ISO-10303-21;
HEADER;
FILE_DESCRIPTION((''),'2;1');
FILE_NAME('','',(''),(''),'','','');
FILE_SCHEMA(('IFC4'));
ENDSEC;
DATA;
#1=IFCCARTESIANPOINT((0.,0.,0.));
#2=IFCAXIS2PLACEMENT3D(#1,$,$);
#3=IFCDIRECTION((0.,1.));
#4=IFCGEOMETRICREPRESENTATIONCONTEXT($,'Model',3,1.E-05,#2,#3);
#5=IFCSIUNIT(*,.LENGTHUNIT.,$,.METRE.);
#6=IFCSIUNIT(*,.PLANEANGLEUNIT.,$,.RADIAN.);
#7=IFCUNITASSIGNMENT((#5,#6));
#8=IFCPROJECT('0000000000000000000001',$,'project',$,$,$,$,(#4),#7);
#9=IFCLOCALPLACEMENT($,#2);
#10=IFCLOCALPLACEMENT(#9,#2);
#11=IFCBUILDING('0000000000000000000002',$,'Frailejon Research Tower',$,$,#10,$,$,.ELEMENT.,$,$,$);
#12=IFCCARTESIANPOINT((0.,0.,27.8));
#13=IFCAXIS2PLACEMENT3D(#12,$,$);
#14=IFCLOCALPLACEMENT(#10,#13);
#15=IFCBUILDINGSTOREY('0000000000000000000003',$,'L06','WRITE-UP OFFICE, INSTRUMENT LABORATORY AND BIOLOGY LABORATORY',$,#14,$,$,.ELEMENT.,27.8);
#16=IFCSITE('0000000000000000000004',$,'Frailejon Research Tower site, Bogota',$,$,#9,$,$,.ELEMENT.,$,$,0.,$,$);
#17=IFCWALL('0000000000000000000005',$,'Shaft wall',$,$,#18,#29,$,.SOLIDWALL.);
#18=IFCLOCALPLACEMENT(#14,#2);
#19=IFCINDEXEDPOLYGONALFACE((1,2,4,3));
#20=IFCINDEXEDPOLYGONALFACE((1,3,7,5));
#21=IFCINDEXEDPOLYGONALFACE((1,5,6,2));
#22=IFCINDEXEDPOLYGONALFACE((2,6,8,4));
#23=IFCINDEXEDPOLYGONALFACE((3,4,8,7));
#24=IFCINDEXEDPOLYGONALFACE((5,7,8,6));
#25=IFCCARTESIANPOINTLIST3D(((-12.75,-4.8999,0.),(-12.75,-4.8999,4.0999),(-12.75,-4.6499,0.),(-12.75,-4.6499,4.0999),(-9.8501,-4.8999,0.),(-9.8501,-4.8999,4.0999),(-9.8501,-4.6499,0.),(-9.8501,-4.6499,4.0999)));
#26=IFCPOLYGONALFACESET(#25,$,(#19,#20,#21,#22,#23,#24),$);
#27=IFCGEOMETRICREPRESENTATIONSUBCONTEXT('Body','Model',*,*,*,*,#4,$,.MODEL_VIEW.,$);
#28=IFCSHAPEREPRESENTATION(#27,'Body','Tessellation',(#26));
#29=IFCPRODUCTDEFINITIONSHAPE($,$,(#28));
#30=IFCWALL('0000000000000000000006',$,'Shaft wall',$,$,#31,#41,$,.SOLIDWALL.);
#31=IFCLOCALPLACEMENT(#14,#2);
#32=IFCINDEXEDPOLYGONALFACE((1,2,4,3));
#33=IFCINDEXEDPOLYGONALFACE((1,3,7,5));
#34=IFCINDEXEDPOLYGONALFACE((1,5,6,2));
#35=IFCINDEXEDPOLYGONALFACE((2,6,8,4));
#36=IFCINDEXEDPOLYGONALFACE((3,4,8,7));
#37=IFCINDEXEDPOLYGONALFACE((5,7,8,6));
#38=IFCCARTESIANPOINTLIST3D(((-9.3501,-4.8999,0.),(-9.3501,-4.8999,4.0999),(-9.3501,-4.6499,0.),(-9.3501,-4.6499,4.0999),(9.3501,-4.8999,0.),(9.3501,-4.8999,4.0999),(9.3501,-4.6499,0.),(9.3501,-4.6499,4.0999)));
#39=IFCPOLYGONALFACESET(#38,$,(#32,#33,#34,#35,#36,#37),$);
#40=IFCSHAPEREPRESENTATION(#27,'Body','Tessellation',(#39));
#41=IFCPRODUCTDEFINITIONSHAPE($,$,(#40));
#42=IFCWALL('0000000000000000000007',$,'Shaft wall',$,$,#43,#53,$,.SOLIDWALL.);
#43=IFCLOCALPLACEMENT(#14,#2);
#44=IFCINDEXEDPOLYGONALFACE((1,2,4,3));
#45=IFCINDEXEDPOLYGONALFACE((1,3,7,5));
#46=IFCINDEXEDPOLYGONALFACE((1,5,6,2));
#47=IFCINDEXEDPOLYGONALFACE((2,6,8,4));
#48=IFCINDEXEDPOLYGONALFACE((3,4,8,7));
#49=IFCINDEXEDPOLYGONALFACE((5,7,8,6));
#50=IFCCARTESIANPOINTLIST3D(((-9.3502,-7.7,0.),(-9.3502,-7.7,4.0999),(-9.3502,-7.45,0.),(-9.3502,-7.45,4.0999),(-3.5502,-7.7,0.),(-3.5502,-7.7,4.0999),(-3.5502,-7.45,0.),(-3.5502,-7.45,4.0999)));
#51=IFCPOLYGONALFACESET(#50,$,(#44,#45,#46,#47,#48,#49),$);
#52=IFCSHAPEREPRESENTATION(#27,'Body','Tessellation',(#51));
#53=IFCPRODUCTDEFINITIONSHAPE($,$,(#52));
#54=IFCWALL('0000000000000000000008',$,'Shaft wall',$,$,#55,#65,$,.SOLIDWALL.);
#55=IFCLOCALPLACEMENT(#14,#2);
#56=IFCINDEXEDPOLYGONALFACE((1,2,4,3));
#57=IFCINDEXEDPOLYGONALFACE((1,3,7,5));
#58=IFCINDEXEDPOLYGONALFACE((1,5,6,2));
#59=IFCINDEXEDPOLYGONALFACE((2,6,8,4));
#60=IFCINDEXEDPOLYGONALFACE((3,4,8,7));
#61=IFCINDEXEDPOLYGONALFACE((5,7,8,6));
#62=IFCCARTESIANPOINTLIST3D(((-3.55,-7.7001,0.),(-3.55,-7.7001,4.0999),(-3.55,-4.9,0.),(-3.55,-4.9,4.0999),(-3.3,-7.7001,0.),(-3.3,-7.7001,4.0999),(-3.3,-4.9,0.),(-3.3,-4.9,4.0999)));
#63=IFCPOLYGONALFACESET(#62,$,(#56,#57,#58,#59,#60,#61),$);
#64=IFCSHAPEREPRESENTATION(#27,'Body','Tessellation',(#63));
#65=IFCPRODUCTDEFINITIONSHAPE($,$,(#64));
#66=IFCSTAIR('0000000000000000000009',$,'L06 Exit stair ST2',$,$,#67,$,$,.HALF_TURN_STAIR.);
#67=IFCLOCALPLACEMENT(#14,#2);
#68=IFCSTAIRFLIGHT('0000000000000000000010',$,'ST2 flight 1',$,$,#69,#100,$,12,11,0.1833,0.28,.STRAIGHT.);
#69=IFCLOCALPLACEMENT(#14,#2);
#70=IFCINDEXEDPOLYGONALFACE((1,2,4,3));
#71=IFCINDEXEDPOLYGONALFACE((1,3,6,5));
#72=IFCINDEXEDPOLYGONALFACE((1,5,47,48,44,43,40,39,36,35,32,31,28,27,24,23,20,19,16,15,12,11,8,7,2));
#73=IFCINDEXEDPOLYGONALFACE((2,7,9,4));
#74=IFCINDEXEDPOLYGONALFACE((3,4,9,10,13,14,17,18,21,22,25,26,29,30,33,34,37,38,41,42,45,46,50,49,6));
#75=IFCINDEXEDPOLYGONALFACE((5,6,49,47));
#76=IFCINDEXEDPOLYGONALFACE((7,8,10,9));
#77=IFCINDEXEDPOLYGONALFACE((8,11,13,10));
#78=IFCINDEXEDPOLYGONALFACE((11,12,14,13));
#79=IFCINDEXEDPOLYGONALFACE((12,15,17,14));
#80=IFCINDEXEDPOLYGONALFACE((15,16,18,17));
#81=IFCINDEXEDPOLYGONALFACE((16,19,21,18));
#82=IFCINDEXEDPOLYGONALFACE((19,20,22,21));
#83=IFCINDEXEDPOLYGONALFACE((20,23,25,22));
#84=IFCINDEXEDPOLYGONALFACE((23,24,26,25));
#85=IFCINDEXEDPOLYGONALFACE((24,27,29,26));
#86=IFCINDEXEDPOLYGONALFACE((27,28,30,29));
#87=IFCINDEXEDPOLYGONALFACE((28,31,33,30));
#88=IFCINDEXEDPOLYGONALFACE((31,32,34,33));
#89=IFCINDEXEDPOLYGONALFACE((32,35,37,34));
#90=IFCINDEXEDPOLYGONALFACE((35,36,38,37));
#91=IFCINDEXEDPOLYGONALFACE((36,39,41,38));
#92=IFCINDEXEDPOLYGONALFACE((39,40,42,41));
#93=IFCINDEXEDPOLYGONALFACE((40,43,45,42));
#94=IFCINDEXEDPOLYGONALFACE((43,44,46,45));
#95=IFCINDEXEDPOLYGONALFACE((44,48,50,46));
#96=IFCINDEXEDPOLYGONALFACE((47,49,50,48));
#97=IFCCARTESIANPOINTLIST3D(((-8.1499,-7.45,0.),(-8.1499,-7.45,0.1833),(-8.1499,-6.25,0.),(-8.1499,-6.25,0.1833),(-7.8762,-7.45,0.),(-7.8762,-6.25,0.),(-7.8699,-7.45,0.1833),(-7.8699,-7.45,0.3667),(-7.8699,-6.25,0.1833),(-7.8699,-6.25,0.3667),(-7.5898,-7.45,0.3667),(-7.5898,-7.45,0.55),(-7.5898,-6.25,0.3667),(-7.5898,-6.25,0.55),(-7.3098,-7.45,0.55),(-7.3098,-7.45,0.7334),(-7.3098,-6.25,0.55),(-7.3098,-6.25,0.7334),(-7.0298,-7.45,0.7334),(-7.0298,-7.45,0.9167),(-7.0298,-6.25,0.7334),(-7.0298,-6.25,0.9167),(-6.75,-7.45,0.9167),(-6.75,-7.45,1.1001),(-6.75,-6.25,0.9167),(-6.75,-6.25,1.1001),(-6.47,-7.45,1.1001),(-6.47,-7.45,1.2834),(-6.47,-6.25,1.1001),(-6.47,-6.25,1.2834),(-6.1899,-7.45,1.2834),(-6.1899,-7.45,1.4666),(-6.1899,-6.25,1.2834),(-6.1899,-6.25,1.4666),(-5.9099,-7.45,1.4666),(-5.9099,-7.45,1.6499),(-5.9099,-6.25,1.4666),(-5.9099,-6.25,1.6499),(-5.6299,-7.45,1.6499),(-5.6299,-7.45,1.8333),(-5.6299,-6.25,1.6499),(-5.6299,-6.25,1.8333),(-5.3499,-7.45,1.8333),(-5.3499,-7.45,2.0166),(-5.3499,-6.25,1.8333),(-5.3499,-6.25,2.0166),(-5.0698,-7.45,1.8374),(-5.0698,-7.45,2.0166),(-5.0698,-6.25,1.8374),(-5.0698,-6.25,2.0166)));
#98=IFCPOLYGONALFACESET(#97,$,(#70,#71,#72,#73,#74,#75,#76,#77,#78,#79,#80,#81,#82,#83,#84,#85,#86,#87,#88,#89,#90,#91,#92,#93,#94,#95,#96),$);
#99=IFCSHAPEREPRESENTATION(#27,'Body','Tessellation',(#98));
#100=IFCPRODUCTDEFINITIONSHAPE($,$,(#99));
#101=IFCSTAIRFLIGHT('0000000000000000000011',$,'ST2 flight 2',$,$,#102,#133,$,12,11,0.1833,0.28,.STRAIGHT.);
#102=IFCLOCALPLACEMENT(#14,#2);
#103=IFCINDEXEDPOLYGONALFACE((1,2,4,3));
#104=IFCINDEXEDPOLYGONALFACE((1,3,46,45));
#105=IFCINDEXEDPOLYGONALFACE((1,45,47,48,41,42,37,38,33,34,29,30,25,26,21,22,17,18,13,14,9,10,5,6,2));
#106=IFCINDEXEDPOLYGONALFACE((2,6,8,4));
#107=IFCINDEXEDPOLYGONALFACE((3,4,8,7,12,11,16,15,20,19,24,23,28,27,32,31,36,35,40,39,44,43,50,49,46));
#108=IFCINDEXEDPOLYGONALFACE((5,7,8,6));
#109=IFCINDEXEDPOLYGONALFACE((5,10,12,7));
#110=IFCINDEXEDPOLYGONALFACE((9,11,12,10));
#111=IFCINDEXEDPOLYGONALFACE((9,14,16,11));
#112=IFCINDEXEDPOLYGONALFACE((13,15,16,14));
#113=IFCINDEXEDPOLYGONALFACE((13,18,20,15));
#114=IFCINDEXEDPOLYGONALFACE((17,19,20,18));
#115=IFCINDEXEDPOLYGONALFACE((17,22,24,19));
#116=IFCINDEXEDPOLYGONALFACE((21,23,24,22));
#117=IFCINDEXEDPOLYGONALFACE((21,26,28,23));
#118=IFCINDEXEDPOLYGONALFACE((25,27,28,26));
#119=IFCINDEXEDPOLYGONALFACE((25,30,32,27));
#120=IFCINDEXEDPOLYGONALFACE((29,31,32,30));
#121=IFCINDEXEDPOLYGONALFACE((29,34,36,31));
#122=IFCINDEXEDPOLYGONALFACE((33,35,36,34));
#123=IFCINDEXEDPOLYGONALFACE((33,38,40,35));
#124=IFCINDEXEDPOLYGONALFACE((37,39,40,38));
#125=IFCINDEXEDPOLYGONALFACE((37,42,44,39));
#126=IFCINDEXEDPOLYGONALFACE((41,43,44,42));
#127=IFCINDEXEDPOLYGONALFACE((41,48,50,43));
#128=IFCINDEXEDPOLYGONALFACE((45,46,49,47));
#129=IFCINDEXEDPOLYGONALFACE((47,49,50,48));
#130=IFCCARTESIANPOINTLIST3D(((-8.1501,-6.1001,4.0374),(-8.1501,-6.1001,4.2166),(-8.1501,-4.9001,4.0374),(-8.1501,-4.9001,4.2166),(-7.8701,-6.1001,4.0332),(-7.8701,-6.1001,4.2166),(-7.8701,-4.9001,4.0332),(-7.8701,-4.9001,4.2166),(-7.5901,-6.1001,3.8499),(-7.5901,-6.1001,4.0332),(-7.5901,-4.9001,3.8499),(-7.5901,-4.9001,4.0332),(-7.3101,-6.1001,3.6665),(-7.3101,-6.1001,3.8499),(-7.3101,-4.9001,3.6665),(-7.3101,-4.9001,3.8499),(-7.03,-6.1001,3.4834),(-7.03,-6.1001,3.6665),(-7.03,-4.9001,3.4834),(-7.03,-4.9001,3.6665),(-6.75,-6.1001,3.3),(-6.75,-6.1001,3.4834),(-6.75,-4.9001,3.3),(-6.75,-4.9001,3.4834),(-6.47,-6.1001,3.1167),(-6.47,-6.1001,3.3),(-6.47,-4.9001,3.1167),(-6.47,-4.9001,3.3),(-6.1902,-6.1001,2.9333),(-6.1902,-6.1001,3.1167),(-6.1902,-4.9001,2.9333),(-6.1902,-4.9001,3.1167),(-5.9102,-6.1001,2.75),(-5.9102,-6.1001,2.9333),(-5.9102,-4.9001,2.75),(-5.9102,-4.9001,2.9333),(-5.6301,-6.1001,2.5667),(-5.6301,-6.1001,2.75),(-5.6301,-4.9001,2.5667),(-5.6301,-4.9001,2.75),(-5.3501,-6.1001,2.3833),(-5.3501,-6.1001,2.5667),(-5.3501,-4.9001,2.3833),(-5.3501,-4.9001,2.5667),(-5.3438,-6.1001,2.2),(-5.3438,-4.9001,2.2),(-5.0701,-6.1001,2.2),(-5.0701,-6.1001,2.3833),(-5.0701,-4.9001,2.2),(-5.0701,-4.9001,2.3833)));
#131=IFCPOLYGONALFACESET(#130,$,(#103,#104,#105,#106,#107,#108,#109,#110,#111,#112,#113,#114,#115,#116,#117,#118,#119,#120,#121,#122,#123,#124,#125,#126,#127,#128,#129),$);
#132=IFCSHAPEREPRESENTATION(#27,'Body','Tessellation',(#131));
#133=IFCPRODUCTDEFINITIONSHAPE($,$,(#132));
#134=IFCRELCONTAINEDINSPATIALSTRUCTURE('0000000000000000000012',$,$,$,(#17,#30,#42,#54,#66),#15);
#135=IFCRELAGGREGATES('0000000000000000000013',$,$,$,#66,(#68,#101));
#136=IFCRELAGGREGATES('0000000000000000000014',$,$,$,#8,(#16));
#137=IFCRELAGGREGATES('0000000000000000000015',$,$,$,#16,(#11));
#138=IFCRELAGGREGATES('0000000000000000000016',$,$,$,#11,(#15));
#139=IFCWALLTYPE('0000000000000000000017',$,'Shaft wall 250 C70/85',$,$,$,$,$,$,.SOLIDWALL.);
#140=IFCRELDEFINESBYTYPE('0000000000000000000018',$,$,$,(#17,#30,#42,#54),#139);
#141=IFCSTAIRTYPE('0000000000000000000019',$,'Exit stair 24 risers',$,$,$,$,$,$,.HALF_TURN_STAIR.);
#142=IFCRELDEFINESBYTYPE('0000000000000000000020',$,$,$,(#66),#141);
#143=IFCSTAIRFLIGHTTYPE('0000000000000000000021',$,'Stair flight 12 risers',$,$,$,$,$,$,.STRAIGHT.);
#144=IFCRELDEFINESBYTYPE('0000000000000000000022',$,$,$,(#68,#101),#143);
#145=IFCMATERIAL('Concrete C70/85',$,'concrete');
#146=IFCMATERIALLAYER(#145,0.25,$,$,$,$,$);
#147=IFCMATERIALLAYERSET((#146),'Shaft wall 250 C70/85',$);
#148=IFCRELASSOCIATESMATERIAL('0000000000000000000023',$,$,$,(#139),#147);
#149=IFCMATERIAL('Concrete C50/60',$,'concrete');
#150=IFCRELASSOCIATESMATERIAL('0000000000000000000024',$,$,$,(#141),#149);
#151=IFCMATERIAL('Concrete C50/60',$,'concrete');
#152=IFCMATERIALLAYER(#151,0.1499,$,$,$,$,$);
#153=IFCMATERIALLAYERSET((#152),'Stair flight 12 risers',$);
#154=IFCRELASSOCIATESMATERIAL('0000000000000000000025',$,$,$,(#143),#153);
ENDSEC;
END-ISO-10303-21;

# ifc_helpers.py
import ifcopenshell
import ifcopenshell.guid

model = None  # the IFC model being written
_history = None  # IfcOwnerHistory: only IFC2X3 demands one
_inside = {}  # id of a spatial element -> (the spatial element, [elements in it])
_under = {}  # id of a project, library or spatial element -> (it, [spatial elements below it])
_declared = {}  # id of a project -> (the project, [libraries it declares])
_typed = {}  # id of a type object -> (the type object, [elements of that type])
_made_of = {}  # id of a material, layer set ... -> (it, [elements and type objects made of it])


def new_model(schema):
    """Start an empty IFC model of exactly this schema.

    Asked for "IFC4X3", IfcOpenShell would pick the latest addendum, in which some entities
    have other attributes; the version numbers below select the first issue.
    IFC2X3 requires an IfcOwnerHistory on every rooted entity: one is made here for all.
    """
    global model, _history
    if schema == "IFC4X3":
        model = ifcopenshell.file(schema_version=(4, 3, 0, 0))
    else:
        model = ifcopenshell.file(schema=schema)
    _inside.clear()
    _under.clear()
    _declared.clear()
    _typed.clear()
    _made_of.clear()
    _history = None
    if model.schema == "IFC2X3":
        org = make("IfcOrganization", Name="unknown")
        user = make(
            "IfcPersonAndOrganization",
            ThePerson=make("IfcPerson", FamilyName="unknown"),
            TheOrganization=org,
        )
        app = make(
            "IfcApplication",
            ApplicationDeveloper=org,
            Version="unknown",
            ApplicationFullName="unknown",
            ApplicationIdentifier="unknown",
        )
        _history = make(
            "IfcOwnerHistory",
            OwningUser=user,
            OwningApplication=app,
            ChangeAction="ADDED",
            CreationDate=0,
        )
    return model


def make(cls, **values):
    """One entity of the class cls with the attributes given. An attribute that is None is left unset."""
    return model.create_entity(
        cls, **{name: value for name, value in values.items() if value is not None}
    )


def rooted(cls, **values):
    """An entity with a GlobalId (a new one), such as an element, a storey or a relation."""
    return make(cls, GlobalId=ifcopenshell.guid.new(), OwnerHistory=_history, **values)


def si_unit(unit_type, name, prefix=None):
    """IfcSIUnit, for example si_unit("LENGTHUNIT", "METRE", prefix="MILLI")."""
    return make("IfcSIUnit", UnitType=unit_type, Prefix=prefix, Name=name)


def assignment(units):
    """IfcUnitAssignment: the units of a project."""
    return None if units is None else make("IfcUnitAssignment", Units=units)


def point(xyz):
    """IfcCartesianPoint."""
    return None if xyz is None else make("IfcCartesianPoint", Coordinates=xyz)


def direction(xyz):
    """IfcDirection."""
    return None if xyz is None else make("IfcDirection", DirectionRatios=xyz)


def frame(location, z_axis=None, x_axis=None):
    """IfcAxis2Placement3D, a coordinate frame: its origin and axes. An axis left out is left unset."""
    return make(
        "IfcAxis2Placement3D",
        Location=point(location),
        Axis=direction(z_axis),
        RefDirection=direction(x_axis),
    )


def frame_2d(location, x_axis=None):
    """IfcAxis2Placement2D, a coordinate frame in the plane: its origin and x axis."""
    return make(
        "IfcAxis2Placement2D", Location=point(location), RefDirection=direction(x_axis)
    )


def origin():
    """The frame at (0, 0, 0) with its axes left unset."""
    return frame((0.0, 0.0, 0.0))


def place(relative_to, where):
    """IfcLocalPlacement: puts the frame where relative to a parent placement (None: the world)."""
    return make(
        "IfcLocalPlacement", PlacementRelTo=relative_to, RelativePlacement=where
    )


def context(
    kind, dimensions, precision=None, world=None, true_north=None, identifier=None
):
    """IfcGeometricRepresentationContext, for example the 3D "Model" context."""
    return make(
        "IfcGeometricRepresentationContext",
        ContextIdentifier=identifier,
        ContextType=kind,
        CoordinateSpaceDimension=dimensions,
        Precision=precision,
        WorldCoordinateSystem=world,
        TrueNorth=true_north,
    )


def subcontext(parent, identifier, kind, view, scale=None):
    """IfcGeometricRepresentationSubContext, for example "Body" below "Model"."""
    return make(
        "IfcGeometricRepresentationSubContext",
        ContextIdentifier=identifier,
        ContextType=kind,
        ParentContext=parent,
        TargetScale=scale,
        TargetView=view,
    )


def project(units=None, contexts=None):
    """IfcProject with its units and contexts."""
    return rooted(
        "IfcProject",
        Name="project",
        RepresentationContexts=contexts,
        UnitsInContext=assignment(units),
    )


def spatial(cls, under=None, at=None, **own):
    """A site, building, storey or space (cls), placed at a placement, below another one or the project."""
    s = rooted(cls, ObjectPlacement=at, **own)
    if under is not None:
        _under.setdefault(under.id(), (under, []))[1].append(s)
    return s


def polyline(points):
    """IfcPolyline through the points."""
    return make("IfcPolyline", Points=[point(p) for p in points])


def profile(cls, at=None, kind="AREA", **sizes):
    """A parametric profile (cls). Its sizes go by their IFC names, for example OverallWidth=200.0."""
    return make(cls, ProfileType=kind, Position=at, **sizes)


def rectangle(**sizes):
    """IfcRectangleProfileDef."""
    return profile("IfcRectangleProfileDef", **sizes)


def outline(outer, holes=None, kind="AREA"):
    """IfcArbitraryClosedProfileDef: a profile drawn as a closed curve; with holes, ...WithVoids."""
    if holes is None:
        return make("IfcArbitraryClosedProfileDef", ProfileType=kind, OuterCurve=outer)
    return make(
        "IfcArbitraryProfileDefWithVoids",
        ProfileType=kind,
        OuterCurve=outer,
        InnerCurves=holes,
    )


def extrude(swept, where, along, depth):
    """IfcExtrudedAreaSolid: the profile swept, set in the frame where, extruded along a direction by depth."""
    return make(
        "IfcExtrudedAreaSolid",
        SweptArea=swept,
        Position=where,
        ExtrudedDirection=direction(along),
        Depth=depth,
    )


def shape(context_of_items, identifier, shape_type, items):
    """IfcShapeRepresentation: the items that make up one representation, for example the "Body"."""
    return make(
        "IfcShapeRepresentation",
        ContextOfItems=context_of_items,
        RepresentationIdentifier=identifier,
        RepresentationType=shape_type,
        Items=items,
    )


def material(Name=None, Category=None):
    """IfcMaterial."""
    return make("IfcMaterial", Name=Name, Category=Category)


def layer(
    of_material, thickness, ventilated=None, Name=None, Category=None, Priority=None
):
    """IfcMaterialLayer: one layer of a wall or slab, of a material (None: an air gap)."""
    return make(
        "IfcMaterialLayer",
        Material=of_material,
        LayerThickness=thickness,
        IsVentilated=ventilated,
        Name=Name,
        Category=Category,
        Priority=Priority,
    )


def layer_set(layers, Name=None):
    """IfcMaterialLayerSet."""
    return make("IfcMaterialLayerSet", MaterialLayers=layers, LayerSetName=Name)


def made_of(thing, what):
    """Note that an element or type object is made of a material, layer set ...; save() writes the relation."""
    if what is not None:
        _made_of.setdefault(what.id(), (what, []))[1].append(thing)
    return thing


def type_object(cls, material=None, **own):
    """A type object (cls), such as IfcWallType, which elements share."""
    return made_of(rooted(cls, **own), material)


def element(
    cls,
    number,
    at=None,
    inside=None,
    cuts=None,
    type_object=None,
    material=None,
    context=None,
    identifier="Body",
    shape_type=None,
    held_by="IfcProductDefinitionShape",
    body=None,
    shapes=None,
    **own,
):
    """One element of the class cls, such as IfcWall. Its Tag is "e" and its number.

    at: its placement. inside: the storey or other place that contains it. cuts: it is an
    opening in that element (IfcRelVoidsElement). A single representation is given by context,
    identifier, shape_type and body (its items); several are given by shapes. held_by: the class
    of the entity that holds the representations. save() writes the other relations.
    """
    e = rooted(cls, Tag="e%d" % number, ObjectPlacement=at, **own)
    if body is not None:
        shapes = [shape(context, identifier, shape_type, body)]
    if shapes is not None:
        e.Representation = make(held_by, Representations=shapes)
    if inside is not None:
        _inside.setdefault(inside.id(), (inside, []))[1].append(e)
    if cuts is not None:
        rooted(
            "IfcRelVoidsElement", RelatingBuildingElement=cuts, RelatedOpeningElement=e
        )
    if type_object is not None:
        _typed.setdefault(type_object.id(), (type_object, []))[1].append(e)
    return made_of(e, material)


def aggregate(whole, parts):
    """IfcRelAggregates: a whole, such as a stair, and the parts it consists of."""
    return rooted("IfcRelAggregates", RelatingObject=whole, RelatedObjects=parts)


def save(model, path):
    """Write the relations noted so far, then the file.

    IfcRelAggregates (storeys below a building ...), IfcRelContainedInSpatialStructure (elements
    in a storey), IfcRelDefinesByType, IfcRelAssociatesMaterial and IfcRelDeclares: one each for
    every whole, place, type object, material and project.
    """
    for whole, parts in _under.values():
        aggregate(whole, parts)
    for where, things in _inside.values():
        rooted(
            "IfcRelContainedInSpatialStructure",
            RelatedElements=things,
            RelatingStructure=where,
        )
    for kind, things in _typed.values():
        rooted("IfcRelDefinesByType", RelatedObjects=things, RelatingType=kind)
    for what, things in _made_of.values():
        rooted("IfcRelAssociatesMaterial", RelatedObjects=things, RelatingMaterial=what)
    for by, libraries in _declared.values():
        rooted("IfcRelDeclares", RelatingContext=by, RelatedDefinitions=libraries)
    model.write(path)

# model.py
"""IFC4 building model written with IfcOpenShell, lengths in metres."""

from ifc_helpers import new_model, si_unit, direction, frame, frame_2d, origin, place, context, subcontext, project, spatial, polyline, rectangle, outline, extrude, material, layer, layer_set, type_object, element, aggregate, save


model = new_model("IFC4")

# Units and contexts
model_context = context("Model", 3, precision=1e-05, world=origin(), true_north=direction((0.0, 1.0)))
body_context = subcontext(model_context, "Body", "Model", "MODEL_VIEW")
ifc_project = project(units=[si_unit("LENGTHUNIT", "METRE"), si_unit("PLANEANGLEUNIT", "RADIAN")], contexts=[model_context])

# Site, building, storey
site_placement = place(None, origin())
site = spatial("IfcSite", under=ifc_project, at=site_placement, Name="Frailejon Research Tower site, Bogota", CompositionType="ELEMENT", RefElevation=0.0)
building_placement = place(site_placement, origin())
building = spatial("IfcBuilding", under=site, at=building_placement, Name="Frailejon Research Tower", CompositionType="ELEMENT")
storey_placement = place(building_placement, frame((0.0, 0.0, 27.8)))
storey = spatial("IfcBuildingStorey", under=building, at=storey_placement, Name="L06", Description="WRITE-UP OFFICE, INSTRUMENT LABORATORY AND BIOLOGY LABORATORY", CompositionType="ELEMENT", Elevation=27.8)

# Shared definitions
ifc_material_1 = material(Name="Concrete C70/85", Category="concrete")
ifc_layer_1 = layer(ifc_material_1, 0.25)
ifc_layer_set_1 = layer_set([ifc_layer_1], Name="Shaft wall 250 C70/85")
wall_type_1 = type_object("IfcWallType", Name="Shaft wall 250 C70/85", PredefinedType="SOLIDWALL", material=ifc_layer_set_1)

# Walls
wall_1_placement = place(storey_placement, frame((-12.75, -4.7749, 0.0), z_axis=(0.0, 0.0, 1.0), x_axis=(1.0, 0.0, 0.0)))
element("IfcWall", 1, at=wall_1_placement, inside=storey, type_object=wall_type_1, Name="Shaft wall", PredefinedType="SOLIDWALL", context=body_context, shape_type="SweptSolid", body=[
    extrude(rectangle(XDim=2.8999, YDim=0.25, at=frame_2d((1.45, 0.0))), origin(), (0.0, 0.0, 1.0), 4.0999),
])
wall_2_placement = place(storey_placement, frame((-9.3501, -4.7749, 0.0), z_axis=(0.0, 0.0, 1.0), x_axis=(1.0, 0.0, 0.0)))
element("IfcWall", 2, at=wall_2_placement, inside=storey, type_object=wall_type_1, Name="Shaft wall", PredefinedType="SOLIDWALL", context=body_context, shape_type="SweptSolid", body=[
    extrude(rectangle(XDim=18.7002, YDim=0.25, at=frame_2d((9.3501, 0.0))), origin(), (0.0, 0.0, 1.0), 4.0999),
])
wall_3_placement = place(storey_placement, frame((-9.3501, -7.575, 0.0), z_axis=(0.0, 0.0, 1.0), x_axis=(1.0, 0.0, 0.0)))
element("IfcWall", 3, at=wall_3_placement, inside=storey, type_object=wall_type_1, Name="Shaft wall", PredefinedType="SOLIDWALL", context=body_context, shape_type="SweptSolid", body=[
    extrude(rectangle(XDim=5.8, YDim=0.25, at=frame_2d((2.8999, 0.0))), origin(), (0.0, 0.0, 1.0), 4.0999),
])
wall_4_placement = place(storey_placement, frame((-3.425, -7.7, 0.0), z_axis=(0.0, 0.0, 1.0), x_axis=(0.0, 1.0, 0.0)))
element("IfcWall", 4, at=wall_4_placement, inside=storey, type_object=wall_type_1, Name="Shaft wall", PredefinedType="SOLIDWALL", context=body_context, shape_type="SweptSolid", body=[
    extrude(rectangle(XDim=2.8, YDim=0.25, at=frame_2d((1.3999, 0.0))), origin(), (0.0, 0.0, 1.0), 4.0999),
])

# Stair, stair flights
ifc_material_2 = material(Name="Concrete C50/60", Category="concrete")
stair_type = type_object("IfcStairType", Name="Exit stair 24 risers", PredefinedType="HALF_TURN_STAIR", material=ifc_material_2)
stair_placement = place(storey_placement, origin())
stair = element("IfcStair", 5, at=stair_placement, inside=storey, type_object=stair_type, Name="L06 Exit stair ST2", PredefinedType="HALF_TURN_STAIR")
ifc_material_3 = material(Name="Concrete C50/60", Category="concrete")
ifc_layer_2 = layer(ifc_material_3, 0.1499)
ifc_layer_set_2 = layer_set([ifc_layer_2], Name="Stair flight 12 risers")
stair_flight_type = type_object("IfcStairFlightType", Name="Stair flight 12 risers", PredefinedType="STRAIGHT", material=ifc_layer_set_2)
stair_flight_1_placement = place(storey_placement, frame((-8.1499, -6.8501, 0.0), z_axis=(0.0, 0.0, 1.0), x_axis=(1.0, 0.0, 0.0)))
stair_flight_1 = element("IfcStairFlight", 6, at=stair_flight_1_placement, type_object=stair_flight_type, Name="ST2 flight 1", NumberOfRisers=12, NumberOfTreads=11, PredefinedType="STRAIGHT", RiserHeight=0.1833, TreadLength=0.28, context=body_context, shape_type="SweptSolid", body=[
    extrude(outline(polyline([(0.0, 0.0), (0.0, 0.1833), (0.28, 0.1833), (0.28, 0.3667), (0.5601, 0.3667), (0.5601, 0.55), (0.8401, 0.55), (0.8401, 0.7334), (1.1201, 0.7334), (1.1201, 0.9167), (1.3999, 0.9167), (1.3999, 1.1001), (1.6799, 1.1001), (1.6799, 1.2834), (1.96, 1.2834), (1.96, 1.4666), (2.24, 1.4666), (2.24, 1.6499), (2.52, 1.6499), (2.52, 1.8333), (2.8, 1.8333), (2.8, 2.0166), (3.0801, 2.0166), (3.0801, 2.2), (3.0801, 1.8374), (0.2737, 0.0), (0.0, 0.0)])), frame((0.0, 0.6001, 0.0), z_axis=(0.0, -1.0, 0.0), x_axis=(1.0, 0.0, 0.0)), (0.0, 0.0, 1.0), 1.2),
])
stair_flight_2_placement = place(storey_placement, frame((-5.0701, -5.5, 2.2), z_axis=(0.0, 0.0, 1.0), x_axis=(-1.0, 0.0, 0.0)))
stair_flight_2 = element("IfcStairFlight", 7, at=stair_flight_2_placement, type_object=stair_flight_type, Name="ST2 flight 2", NumberOfRisers=12, NumberOfTreads=11, PredefinedType="STRAIGHT", RiserHeight=0.1833, TreadLength=0.28, context=body_context, shape_type="SweptSolid", body=[
    extrude(outline(polyline([(0.0, 0.0), (0.0, 0.1833), (0.28, 0.1833), (0.28, 0.3667), (0.5601, 0.3667), (0.5601, 0.55), (0.8401, 0.55), (0.8401, 0.7334), (1.1201, 0.7334), (1.1201, 0.9167), (1.3999, 0.9167), (1.3999, 1.1001), (1.6799, 1.1001), (1.6799, 1.2834), (1.96, 1.2834), (1.96, 1.4666), (2.24, 1.4666), (2.24, 1.6499), (2.52, 1.6499), (2.52, 1.8333), (2.8, 1.8333), (2.8, 2.0166), (3.0801, 2.0166), (3.0801, 2.2), (3.0801, 1.8374), (0.2737, 0.0), (0.0, 0.0)])), frame((0.0, 0.6001, 0.0), z_axis=(0.0, -1.0, 0.0), x_axis=(1.0, 0.0, 0.0)), (0.0, 0.0, 1.0), 1.2),
])
aggregate(stair, [stair_flight_1, stair_flight_2])

save(model, "model.ifc")
